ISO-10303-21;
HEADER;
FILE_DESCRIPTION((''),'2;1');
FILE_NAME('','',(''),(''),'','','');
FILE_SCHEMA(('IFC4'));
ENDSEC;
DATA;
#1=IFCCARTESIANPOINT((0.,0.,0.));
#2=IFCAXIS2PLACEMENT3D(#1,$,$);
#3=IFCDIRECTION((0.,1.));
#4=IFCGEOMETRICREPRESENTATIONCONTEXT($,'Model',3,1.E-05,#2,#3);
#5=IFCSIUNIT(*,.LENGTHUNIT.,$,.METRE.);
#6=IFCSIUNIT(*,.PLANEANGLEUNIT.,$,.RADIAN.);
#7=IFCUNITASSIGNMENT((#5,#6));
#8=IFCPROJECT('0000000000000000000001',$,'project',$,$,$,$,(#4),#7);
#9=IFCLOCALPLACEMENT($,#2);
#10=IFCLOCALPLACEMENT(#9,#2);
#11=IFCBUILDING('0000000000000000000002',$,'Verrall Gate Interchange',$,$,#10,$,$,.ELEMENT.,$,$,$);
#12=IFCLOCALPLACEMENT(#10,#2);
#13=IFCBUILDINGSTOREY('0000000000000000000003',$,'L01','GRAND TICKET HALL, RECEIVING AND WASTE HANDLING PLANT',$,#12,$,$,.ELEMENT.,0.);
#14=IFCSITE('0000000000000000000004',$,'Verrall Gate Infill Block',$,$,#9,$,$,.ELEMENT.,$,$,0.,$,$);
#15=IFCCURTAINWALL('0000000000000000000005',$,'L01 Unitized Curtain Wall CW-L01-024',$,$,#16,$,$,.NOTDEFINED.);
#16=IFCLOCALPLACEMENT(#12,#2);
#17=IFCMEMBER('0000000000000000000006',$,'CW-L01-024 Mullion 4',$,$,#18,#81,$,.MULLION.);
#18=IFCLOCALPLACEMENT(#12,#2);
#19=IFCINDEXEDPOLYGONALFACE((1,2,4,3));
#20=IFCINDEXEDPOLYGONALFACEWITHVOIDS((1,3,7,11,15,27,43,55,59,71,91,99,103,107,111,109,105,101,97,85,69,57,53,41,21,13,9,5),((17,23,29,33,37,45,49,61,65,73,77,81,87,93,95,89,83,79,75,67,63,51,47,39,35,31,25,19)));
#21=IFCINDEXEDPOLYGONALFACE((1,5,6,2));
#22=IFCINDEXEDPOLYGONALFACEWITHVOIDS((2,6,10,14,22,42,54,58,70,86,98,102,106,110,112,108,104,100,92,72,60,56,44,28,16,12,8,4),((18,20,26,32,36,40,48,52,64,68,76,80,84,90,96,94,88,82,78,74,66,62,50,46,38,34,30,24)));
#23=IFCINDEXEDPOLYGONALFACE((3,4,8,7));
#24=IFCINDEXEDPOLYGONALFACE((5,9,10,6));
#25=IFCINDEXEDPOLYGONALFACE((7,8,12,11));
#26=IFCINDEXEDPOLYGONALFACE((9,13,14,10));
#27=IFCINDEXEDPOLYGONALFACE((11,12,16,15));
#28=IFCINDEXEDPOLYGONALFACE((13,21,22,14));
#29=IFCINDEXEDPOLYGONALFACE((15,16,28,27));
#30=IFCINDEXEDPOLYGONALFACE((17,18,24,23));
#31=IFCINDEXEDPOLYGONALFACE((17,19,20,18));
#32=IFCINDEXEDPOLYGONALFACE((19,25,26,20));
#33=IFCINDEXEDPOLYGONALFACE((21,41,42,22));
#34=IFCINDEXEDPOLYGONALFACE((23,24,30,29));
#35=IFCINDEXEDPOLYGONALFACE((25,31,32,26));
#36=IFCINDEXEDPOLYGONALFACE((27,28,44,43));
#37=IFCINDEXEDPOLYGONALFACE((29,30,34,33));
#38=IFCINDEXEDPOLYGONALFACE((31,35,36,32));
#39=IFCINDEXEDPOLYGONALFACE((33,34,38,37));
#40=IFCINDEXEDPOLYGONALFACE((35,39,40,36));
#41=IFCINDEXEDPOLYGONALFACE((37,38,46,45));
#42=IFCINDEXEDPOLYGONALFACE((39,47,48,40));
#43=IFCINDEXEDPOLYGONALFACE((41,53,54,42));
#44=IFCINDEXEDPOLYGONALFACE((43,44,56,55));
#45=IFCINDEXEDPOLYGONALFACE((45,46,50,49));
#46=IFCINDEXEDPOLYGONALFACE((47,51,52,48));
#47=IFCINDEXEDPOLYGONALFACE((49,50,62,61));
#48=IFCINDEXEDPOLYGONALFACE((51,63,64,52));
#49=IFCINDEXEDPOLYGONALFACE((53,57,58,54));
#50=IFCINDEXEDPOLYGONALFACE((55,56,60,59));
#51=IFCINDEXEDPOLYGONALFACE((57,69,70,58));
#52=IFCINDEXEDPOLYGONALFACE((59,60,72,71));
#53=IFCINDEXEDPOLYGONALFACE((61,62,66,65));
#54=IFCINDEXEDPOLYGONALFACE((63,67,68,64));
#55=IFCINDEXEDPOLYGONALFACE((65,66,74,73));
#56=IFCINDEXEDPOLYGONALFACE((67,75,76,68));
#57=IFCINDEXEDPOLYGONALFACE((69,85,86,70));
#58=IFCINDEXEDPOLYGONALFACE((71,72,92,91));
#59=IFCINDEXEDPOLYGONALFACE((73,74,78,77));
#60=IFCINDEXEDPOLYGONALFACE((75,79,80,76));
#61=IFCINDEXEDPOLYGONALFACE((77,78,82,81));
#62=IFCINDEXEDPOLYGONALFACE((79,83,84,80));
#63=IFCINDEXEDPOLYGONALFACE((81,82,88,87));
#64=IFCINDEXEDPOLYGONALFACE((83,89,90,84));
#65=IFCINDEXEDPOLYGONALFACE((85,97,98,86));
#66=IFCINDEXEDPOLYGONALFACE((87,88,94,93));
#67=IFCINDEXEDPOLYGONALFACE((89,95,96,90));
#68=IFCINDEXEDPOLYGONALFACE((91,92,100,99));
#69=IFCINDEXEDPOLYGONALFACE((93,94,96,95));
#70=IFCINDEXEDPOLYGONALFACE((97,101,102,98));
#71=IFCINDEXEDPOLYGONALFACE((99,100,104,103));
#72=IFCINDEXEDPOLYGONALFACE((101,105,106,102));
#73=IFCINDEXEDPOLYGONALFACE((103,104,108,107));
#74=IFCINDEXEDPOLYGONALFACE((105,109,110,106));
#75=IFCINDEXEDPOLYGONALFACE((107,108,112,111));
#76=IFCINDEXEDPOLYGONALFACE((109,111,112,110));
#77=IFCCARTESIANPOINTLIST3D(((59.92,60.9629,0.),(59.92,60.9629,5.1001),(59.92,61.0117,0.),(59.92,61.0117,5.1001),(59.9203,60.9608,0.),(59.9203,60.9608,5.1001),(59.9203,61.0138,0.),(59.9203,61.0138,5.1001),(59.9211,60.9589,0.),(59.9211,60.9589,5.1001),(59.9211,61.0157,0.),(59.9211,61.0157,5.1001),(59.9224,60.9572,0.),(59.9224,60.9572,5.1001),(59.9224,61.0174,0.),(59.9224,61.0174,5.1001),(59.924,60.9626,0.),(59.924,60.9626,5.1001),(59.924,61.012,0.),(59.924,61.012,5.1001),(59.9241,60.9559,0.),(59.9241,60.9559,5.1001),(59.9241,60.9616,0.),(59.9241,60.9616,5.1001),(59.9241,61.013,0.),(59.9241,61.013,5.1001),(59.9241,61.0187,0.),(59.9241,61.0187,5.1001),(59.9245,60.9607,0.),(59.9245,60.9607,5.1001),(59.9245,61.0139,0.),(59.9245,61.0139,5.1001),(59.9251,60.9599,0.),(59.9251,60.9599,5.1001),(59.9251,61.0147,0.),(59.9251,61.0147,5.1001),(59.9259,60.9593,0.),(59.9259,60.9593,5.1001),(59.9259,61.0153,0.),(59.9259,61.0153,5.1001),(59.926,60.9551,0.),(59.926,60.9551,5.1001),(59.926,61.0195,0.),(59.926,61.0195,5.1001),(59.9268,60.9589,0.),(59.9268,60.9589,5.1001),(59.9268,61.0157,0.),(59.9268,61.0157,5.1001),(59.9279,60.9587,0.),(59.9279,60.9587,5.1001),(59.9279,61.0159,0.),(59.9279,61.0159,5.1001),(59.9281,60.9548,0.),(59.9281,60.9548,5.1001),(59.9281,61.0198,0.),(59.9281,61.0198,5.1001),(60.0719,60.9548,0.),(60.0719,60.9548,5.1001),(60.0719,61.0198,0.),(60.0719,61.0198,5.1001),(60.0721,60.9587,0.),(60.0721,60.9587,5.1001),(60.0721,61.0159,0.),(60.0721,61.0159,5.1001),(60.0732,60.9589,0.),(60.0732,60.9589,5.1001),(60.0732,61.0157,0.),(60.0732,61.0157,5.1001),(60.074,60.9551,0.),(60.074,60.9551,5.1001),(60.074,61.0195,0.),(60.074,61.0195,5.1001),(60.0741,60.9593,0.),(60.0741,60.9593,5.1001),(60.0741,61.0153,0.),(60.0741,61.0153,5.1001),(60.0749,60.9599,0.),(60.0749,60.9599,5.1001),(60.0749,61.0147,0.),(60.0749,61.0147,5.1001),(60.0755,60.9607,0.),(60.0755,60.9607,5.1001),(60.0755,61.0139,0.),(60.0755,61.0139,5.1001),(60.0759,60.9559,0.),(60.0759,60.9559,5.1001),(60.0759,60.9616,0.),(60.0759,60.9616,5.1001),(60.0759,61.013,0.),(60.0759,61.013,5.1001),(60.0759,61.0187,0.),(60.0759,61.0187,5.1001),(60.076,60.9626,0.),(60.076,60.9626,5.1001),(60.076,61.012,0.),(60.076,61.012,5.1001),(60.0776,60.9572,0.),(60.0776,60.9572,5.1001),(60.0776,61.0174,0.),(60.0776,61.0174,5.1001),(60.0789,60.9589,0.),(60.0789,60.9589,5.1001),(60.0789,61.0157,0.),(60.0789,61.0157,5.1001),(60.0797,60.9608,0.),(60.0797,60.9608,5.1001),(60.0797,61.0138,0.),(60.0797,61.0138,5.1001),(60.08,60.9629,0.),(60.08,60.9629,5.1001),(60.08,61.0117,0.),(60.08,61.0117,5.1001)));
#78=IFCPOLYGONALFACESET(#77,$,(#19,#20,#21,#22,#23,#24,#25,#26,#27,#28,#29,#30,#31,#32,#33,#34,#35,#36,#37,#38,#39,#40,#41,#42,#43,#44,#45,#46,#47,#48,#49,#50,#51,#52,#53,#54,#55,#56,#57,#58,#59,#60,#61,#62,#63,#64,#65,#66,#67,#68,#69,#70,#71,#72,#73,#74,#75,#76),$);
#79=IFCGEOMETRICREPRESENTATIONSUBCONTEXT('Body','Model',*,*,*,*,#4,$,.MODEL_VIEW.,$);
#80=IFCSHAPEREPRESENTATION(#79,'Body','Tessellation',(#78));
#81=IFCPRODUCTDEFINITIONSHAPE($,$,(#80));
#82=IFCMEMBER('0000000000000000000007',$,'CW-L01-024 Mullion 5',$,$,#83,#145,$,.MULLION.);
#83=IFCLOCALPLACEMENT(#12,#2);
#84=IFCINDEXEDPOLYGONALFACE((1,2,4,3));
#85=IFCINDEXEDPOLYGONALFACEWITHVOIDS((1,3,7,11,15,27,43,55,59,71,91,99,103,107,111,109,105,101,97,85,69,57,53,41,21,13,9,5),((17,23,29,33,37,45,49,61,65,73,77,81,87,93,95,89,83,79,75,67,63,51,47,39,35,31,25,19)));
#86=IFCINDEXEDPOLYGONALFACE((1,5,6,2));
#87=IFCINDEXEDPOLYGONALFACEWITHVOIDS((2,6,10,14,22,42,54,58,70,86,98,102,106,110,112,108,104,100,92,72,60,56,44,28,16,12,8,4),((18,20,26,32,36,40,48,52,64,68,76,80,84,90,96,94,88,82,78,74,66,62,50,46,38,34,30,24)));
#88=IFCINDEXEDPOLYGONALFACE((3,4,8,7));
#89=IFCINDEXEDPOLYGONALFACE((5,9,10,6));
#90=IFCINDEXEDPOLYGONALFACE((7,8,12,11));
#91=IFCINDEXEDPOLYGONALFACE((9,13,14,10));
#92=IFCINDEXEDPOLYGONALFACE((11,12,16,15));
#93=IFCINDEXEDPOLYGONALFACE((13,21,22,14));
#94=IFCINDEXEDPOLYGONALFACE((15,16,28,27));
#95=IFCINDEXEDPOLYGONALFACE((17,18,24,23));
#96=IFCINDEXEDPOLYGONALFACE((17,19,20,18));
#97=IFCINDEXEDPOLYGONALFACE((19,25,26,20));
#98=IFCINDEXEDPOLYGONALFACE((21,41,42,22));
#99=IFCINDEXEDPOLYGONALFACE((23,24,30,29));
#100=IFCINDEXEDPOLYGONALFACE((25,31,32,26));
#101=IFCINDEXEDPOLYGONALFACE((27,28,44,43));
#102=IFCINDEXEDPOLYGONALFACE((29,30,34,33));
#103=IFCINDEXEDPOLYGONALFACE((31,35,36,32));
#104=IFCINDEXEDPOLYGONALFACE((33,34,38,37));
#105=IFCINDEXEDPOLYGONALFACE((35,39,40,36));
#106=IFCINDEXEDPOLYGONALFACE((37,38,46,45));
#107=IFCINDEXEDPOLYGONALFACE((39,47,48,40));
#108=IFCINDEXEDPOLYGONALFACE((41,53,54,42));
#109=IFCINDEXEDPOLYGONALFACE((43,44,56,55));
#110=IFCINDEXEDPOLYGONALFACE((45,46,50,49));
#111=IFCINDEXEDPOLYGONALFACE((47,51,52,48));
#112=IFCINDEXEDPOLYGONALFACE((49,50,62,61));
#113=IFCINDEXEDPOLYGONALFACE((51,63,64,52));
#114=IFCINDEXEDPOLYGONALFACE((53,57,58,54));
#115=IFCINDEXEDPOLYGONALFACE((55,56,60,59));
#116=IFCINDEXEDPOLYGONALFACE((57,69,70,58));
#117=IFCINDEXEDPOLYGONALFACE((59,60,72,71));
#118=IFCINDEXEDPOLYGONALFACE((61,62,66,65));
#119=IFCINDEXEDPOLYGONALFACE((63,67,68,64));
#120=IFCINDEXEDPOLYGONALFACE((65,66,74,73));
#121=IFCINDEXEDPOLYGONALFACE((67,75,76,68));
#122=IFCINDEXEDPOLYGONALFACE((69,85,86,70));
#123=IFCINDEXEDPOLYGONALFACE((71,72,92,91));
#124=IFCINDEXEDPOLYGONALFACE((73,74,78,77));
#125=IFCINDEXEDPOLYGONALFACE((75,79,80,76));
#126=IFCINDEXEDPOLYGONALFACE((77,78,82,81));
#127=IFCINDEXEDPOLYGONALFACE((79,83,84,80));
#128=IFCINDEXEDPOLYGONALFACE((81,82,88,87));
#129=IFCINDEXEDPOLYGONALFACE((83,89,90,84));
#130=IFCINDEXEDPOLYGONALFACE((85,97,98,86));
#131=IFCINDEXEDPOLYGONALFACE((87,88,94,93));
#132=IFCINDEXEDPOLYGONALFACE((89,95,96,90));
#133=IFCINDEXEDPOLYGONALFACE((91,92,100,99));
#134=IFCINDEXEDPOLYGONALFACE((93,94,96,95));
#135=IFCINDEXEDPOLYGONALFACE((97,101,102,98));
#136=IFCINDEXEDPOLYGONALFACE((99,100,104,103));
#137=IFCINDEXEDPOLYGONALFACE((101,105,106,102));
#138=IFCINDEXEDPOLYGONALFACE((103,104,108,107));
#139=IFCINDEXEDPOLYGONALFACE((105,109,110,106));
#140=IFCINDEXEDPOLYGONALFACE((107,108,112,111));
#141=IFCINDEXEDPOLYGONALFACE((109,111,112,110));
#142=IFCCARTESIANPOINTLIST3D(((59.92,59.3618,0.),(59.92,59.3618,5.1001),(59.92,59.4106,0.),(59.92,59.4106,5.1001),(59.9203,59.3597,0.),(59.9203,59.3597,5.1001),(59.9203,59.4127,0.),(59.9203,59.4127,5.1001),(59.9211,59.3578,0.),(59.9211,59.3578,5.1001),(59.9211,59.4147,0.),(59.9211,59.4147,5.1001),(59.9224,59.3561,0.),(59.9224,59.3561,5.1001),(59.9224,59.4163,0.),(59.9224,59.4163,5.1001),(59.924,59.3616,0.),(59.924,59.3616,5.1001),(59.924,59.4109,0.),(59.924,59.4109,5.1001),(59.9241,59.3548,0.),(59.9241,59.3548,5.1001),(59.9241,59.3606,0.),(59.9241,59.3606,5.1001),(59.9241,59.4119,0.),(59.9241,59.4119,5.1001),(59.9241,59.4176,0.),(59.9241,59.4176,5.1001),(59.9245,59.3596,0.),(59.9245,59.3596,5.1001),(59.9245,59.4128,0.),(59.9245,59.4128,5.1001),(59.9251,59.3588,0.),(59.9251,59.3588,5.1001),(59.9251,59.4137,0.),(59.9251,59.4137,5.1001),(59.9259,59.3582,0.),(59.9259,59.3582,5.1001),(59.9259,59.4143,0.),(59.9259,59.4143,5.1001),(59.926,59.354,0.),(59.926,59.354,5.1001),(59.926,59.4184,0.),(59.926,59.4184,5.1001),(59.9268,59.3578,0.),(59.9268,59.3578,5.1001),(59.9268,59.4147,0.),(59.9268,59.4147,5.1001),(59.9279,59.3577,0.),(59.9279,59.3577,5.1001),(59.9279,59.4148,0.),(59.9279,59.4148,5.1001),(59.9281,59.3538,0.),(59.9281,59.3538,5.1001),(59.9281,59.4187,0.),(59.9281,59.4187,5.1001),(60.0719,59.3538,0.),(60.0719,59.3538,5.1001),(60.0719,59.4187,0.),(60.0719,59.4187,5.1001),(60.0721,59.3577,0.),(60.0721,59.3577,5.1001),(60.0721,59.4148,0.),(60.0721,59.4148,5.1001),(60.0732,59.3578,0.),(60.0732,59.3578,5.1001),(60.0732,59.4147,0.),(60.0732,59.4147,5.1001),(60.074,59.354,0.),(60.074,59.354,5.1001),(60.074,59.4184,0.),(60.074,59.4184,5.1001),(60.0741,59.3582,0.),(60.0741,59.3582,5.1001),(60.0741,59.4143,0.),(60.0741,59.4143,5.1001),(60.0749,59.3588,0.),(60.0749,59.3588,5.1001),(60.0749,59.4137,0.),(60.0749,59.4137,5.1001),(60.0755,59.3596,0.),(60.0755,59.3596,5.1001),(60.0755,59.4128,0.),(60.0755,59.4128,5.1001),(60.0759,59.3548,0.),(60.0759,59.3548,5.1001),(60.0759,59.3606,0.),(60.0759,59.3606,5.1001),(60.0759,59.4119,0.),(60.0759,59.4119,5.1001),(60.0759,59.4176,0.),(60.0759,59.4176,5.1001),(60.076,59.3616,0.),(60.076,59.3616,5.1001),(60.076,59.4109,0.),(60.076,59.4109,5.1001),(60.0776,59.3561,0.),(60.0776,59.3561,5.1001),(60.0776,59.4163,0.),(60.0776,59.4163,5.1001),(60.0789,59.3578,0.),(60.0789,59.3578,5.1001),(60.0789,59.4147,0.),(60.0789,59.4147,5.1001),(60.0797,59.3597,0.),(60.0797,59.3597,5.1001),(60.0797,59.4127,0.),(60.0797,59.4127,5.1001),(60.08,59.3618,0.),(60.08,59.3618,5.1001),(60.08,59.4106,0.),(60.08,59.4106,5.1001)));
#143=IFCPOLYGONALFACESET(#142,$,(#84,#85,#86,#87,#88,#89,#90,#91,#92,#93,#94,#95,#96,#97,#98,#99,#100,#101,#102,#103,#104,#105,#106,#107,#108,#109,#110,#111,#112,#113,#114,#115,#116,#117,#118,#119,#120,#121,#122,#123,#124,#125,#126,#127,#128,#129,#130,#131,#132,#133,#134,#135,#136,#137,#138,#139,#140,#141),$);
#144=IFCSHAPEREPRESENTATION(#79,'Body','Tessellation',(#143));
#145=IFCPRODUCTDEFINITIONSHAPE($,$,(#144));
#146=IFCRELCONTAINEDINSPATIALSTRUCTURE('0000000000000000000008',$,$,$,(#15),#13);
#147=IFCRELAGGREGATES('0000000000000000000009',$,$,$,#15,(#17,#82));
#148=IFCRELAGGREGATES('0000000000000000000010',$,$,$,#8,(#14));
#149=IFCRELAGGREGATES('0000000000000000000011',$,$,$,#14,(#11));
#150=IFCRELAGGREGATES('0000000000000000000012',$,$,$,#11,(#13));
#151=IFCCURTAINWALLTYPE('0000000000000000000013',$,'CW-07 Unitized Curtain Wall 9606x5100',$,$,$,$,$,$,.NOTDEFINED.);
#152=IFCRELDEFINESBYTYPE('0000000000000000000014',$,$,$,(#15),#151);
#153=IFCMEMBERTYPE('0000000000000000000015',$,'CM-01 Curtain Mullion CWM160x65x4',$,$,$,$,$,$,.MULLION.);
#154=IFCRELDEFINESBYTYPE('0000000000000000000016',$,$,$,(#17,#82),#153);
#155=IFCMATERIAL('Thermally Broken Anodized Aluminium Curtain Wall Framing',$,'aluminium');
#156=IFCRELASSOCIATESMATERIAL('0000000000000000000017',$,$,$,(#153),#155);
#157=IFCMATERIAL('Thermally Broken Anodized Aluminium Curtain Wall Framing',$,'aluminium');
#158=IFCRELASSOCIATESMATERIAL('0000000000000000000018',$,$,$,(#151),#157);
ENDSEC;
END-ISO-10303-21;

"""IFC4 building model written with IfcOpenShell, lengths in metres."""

from ifc_helpers import new_model, si_unit, direction, frame, origin, origin_2d, place, context, subcontext, project, spatial, hollow_rectangle, extrude, material, material_profile, profile_set, type_object, element, aggregate, save


model = new_model("IFC4")

# Units and contexts
model_context = context("Model", 3, precision=1e-05, world=origin(), true_north=direction((0.0, 1.0)))
body_context = subcontext(model_context, "Body", "Model", "MODEL_VIEW")
ifc_project = project(units=[si_unit("LENGTHUNIT", "METRE"), si_unit("PLANEANGLEUNIT", "RADIAN")], contexts=[model_context])

# Site, building, storey
site_placement = place(None, origin())
site = spatial("IfcSite", under=ifc_project, at=site_placement, Name="Verrall Gate Infill Block", CompositionType="ELEMENT", RefElevation=0.0)
building_placement = place(site_placement, origin())
building = spatial("IfcBuilding", under=site, at=building_placement, Name="Verrall Gate Interchange", CompositionType="ELEMENT")
storey_placement = place(building_placement, origin())
storey = spatial("IfcBuildingStorey", under=building, at=storey_placement, Name="L01", Description="GRAND TICKET HALL, RECEIVING AND WASTE HANDLING PLANT", CompositionType="ELEMENT", Elevation=0.0)

# Shared definitions
ifc_material_1 = material(Name="Thermally Broken Anodized Aluminium Curtain Wall Framing", Category="aluminium")
ifc_material_profile = material_profile(ifc_material_1, hollow_rectangle(XDim=0.0649, YDim=0.1599, WallThickness=0.0039, InnerFilletRadius=0.0039, OuterFilletRadius=0.0081, at=origin_2d()), Name="CWM160x65x4")
ifc_profile_set = profile_set([ifc_material_profile], Name="Thermally Broken Anodized Aluminium Curtain Wall Framing")
member_type = type_object("IfcMemberType", Name="CM-01 Curtain Mullion CWM160x65x4", PredefinedType="MULLION", material=ifc_profile_set)

# Curtain wall, members
ifc_material_2 = material(Name="Thermally Broken Anodized Aluminium Curtain Wall Framing", Category="aluminium")
curtain_wall_type_1 = type_object("IfcCurtainWallType", Name="CW-07 Unitized Curtain Wall 9606x5100", PredefinedType="NOTDEFINED", material=ifc_material_2)
curtain_wall_1_placement = place(storey_placement, origin())
curtain_wall_1 = element("IfcCurtainWall", 1, at=curtain_wall_1_placement, inside=storey, type_object=curtain_wall_type_1, Name="L01 Unitized Curtain Wall CW-L01-024", PredefinedType="NOTDEFINED")
member_1_placement = place(storey_placement, frame((60.0, 60.9873, 0.0), z_axis=(0.0, 0.0, 1.0), x_axis=(0.0, -1.0, 0.0)))
member_1 = element("IfcMember", 2, at=member_1_placement, type_object=member_type, Name="CW-L01-024 Mullion 4", PredefinedType="MULLION", context=body_context, shape_type="SweptSolid", body=[
    extrude(hollow_rectangle(XDim=0.0649, YDim=0.1599, WallThickness=0.0039, InnerFilletRadius=0.0039, OuterFilletRadius=0.0081, at=origin_2d()), origin(), (0.0, 0.0, 1.0), 5.1001),
])
member_2_placement = place(storey_placement, frame((60.0, 59.3862, 0.0), z_axis=(0.0, 0.0, 1.0), x_axis=(0.0, -1.0, 0.0)))
member_2 = element("IfcMember", 3, at=member_2_placement, type_object=member_type, Name="CW-L01-024 Mullion 5", PredefinedType="MULLION", context=body_context, shape_type="SweptSolid", body=[
    extrude(hollow_rectangle(XDim=0.0649, YDim=0.1599, WallThickness=0.0039, InnerFilletRadius=0.0039, OuterFilletRadius=0.0081, at=origin_2d()), origin(), (0.0, 0.0, 1.0), 5.1001),
])

aggregate(curtain_wall_1, [member_1, member_2])

save(model, "model.ifc")
